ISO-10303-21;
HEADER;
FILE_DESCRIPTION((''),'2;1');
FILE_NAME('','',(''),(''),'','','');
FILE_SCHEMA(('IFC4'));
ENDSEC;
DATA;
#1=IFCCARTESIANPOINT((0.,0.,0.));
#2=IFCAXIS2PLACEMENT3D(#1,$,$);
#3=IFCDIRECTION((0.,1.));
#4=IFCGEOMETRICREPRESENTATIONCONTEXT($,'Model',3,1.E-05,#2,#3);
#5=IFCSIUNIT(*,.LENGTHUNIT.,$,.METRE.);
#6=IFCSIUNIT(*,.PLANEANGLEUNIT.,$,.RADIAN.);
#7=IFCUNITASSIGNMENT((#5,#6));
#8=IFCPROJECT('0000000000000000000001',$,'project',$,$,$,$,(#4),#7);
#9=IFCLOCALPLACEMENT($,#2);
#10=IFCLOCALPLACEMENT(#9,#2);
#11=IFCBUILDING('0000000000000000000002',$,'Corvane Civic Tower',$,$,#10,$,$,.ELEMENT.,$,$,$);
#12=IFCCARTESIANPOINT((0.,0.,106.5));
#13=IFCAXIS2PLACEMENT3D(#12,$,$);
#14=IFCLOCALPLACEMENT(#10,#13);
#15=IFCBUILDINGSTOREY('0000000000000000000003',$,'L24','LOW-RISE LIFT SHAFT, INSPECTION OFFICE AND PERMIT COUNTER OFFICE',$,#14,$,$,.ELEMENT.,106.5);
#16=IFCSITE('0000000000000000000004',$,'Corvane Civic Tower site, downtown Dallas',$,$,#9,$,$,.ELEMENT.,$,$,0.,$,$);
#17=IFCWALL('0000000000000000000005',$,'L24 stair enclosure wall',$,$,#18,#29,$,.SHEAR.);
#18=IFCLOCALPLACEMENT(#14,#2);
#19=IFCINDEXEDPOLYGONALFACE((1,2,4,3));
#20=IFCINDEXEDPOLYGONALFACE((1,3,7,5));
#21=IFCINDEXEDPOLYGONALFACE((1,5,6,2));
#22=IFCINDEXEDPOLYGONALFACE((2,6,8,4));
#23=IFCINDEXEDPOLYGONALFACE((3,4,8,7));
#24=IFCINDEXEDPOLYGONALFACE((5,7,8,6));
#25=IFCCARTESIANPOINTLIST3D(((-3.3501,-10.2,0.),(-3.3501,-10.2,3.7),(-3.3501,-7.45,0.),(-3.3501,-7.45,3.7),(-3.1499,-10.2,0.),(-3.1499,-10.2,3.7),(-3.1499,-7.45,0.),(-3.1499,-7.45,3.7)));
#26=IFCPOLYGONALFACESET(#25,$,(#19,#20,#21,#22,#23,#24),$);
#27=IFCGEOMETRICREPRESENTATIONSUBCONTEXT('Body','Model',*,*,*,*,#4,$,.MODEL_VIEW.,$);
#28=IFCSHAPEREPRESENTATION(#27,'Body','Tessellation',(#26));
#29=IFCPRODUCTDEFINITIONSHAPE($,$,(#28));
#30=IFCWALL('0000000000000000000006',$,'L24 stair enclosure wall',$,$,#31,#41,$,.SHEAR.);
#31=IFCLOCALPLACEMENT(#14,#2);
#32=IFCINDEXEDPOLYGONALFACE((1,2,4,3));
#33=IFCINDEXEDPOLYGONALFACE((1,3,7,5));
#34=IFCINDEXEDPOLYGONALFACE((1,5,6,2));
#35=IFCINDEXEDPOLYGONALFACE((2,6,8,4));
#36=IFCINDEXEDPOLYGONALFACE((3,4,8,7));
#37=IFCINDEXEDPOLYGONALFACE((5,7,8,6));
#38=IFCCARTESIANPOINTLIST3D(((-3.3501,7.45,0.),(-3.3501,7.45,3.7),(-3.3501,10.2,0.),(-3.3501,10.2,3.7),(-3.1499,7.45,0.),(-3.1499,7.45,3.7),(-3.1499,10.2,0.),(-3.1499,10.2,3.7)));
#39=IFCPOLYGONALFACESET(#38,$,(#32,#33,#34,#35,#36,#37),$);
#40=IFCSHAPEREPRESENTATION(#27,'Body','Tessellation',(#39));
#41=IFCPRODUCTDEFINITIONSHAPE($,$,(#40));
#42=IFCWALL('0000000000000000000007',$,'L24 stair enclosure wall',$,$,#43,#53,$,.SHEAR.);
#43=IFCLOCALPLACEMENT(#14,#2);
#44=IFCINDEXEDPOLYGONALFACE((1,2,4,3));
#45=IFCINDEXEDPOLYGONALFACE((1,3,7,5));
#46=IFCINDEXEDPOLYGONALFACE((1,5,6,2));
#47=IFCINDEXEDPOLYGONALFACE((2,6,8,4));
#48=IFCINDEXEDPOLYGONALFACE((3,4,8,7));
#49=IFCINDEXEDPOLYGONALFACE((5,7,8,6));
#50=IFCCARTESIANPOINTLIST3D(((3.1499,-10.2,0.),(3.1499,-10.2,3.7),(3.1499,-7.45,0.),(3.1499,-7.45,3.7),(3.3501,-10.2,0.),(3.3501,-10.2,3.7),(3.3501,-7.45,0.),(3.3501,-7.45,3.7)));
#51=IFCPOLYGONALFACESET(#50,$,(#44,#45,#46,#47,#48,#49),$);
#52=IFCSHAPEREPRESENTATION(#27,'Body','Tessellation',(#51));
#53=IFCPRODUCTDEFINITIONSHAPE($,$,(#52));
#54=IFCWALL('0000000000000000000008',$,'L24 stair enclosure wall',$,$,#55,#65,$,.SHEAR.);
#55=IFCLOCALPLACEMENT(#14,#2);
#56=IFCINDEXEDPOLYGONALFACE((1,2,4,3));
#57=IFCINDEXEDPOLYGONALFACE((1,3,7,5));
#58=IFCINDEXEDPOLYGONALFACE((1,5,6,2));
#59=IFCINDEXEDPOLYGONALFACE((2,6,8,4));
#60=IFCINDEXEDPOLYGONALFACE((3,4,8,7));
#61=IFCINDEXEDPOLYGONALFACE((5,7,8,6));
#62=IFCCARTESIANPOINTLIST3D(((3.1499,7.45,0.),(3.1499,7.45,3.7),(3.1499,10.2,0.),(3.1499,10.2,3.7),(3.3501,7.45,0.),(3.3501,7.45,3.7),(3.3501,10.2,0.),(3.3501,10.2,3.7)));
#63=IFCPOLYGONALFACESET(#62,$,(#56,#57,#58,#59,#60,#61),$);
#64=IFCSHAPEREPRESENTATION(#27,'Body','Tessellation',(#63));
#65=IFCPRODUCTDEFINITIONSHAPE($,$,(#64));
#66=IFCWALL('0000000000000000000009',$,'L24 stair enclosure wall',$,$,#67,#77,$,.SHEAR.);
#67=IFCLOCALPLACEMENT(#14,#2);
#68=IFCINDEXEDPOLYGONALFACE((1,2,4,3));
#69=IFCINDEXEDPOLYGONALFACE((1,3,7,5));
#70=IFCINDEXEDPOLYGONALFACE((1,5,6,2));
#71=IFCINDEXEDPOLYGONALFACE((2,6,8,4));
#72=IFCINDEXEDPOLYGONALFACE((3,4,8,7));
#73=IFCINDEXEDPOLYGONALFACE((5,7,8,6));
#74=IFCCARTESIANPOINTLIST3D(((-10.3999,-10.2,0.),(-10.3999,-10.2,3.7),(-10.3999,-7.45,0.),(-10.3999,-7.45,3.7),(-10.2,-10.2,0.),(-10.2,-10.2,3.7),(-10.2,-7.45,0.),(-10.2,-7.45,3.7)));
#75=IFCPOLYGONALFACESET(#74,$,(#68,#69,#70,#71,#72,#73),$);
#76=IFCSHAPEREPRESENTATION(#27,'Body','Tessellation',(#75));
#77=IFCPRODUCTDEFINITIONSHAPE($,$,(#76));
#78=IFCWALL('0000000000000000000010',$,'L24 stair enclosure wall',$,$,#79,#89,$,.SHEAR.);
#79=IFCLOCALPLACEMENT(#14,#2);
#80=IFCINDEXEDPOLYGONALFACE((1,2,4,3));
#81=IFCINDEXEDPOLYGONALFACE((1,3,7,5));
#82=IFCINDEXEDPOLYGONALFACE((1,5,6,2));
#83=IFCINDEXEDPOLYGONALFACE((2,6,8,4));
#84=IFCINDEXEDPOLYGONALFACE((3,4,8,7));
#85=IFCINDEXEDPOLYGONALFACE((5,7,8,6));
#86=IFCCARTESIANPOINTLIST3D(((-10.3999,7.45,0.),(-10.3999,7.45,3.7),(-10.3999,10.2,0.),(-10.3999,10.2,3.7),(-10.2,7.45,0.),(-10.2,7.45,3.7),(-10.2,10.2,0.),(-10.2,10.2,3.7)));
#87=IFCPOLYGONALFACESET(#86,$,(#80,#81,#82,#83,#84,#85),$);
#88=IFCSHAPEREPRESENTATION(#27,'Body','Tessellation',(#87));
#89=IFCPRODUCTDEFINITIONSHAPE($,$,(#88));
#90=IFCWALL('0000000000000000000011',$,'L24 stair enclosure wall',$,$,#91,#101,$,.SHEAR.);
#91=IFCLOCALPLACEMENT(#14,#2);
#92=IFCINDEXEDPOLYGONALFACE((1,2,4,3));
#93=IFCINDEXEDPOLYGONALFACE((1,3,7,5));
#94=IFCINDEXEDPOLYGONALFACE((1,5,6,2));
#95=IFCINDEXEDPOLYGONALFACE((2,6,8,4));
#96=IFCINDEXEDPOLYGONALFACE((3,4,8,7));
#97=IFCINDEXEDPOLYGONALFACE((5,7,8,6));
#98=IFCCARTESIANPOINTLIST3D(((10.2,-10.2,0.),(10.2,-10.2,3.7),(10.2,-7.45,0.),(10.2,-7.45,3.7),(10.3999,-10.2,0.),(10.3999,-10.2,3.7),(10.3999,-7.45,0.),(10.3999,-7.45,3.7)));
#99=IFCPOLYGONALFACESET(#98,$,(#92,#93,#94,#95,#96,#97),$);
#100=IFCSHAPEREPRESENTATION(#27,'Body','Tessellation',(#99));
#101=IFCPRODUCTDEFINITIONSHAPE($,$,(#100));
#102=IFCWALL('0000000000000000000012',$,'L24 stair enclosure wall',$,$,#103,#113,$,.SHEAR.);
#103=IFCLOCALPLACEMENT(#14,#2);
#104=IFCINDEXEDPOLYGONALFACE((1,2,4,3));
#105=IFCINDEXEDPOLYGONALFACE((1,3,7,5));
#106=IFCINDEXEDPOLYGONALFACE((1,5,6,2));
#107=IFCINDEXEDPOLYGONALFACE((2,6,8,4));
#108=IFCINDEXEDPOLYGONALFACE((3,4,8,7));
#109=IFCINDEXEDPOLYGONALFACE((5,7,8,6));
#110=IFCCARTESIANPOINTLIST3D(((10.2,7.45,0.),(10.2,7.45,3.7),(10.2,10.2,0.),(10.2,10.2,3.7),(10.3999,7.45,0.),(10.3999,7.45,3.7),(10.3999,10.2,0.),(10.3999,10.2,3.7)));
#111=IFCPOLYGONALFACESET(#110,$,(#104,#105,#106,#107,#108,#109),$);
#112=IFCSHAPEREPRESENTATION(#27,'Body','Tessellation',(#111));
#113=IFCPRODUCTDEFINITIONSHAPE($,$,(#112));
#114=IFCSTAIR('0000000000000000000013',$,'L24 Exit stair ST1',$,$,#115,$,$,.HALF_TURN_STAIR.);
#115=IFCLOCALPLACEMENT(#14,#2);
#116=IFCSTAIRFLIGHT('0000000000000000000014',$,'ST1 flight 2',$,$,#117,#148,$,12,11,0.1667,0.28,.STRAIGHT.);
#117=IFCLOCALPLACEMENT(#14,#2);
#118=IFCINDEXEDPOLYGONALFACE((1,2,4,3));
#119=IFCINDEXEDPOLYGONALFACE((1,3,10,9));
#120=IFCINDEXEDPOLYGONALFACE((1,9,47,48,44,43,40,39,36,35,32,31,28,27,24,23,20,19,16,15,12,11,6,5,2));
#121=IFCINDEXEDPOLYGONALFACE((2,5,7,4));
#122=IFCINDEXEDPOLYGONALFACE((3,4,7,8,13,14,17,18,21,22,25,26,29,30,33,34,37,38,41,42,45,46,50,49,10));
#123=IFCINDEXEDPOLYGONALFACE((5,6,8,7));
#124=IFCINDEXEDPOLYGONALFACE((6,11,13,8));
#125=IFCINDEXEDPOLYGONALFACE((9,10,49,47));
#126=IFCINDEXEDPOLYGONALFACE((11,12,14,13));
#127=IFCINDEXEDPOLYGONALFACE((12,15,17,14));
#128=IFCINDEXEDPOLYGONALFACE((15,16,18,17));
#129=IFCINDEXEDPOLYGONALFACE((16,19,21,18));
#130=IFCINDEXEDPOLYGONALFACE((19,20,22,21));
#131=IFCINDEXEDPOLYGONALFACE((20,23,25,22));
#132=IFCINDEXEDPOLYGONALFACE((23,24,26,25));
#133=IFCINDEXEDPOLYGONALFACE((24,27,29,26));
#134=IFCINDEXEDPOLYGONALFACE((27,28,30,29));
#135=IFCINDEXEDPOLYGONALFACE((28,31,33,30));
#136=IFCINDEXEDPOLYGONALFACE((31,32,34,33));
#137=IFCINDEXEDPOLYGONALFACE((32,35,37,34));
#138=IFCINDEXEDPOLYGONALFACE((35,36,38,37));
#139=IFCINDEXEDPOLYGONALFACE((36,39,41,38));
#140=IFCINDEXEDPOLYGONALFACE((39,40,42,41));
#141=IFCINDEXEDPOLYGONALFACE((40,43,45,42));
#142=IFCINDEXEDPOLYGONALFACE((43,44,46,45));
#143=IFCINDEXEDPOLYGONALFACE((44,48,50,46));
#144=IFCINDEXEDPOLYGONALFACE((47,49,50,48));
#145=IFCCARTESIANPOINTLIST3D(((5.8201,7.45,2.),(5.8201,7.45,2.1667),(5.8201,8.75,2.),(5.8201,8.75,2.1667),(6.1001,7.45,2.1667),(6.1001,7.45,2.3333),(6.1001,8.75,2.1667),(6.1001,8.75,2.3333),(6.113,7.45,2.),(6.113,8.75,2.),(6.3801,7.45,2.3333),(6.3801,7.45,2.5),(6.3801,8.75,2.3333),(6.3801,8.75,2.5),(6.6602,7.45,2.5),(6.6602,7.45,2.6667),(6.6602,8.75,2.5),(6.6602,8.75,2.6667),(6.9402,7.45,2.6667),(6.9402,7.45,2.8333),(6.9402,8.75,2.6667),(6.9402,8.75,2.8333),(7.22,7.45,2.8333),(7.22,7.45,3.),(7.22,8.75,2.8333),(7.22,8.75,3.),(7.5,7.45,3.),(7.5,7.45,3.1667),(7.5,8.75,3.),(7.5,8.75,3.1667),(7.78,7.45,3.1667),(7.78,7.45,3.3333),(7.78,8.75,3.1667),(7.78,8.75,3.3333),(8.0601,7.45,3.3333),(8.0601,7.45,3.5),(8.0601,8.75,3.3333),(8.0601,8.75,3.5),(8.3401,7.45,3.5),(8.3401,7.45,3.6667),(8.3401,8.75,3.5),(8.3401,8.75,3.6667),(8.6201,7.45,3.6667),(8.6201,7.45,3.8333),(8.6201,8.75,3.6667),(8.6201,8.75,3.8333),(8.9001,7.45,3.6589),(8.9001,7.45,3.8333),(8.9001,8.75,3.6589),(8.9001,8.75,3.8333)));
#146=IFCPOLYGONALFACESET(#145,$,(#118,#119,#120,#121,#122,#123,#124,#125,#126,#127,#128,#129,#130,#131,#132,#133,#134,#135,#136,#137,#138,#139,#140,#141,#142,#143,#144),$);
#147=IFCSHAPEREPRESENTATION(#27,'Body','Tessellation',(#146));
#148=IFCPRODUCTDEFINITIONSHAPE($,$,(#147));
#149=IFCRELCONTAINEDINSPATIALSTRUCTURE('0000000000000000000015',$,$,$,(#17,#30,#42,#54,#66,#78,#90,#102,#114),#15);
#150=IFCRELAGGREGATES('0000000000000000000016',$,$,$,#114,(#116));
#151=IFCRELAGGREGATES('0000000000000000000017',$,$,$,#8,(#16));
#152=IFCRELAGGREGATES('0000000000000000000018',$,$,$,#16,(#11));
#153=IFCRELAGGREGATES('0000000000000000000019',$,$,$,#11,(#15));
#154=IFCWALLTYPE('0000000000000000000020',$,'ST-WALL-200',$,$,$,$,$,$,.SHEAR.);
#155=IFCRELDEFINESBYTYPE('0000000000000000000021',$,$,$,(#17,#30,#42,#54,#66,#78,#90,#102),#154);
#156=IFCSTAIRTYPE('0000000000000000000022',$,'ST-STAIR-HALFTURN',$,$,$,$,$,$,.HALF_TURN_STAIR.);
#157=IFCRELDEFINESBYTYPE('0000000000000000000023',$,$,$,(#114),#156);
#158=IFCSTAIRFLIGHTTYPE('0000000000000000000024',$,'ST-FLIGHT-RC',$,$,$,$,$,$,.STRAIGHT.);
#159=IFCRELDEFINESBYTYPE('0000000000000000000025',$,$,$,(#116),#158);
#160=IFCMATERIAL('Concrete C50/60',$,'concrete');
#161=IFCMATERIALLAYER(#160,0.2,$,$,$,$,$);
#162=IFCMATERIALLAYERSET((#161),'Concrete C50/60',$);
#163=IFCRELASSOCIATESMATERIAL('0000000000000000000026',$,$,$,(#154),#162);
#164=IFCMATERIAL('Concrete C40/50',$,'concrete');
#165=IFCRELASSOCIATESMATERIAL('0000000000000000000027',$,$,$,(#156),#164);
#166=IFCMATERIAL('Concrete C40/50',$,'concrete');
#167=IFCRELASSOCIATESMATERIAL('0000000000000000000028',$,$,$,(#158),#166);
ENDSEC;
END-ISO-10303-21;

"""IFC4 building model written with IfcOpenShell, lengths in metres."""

from ifc_helpers import new_model, si_unit, direction, frame, origin, place, context, subcontext, project, spatial, polyline, outline, extrude, material, layer, layer_set, type_object, element, aggregate, save


model = new_model("IFC4")

# Units and contexts
model_context = context("Model", 3, precision=1e-05, world=origin(), true_north=direction((0.0, 1.0)))
body_context = subcontext(model_context, "Body", "Model", "MODEL_VIEW")
ifc_project = project(units=[si_unit("LENGTHUNIT", "METRE"), si_unit("PLANEANGLEUNIT", "RADIAN")], contexts=[model_context])

# Site, building, storey
site_placement = place(None, origin())
site = spatial("IfcSite", under=ifc_project, at=site_placement, Name="Corvane Civic Tower site, downtown Dallas", CompositionType="ELEMENT", RefElevation=0.0)
building_placement = place(site_placement, origin())
building = spatial("IfcBuilding", under=site, at=building_placement, Name="Corvane Civic Tower", CompositionType="ELEMENT")
storey_placement = place(building_placement, frame((0.0, 0.0, 106.5)))
storey = spatial("IfcBuildingStorey", under=building, at=storey_placement, Name="L24", Description="LOW-RISE LIFT SHAFT, INSPECTION OFFICE AND PERMIT COUNTER OFFICE", CompositionType="ELEMENT", Elevation=106.5)

# Shared definitions
ifc_material_1 = material(Name="Concrete C50/60", Category="concrete")
ifc_layer_1 = layer(ifc_material_1, 0.2)
ifc_layer_set_1 = layer_set([ifc_layer_1], Name="Concrete C50/60")
wall_type_1 = type_object("IfcWallType", Name="ST-WALL-200", PredefinedType="SHEAR", material=ifc_layer_set_1)

# Walls
wall_1_placement = place(storey_placement, origin())
element("IfcWall", 1, at=wall_1_placement, inside=storey, type_object=wall_type_1, Name="L24 stair enclosure wall", PredefinedType="SHEAR", context=body_context, shape_type="SweptSolid", body=[
    extrude(outline(polyline([(-3.1499, -7.45), (-3.1499, -10.2), (-3.3501, -10.2), (-3.3501, -7.45), (-3.1499, -7.45)])), origin(), (0.0, 0.0, 1.0), 3.7),
])
wall_2_placement = place(storey_placement, origin())
element("IfcWall", 2, at=wall_2_placement, inside=storey, type_object=wall_type_1, Name="L24 stair enclosure wall", PredefinedType="SHEAR", context=body_context, shape_type="SweptSolid", body=[
    extrude(outline(polyline([(-3.1499, 7.45), (-3.3501, 7.45), (-3.3501, 10.2), (-3.1499, 10.2), (-3.1499, 7.45)])), origin(), (0.0, 0.0, 1.0), 3.7),
])
wall_3_placement = place(storey_placement, origin())
element("IfcWall", 3, at=wall_3_placement, inside=storey, type_object=wall_type_1, Name="L24 stair enclosure wall", PredefinedType="SHEAR", context=body_context, shape_type="SweptSolid", body=[
    extrude(outline(polyline([(3.3501, -7.45), (3.3501, -10.2), (3.1499, -10.2), (3.1499, -7.45), (3.3501, -7.45)])), origin(), (0.0, 0.0, 1.0), 3.7),
])
wall_4_placement = place(storey_placement, origin())
element("IfcWall", 4, at=wall_4_placement, inside=storey, type_object=wall_type_1, Name="L24 stair enclosure wall", PredefinedType="SHEAR", context=body_context, shape_type="SweptSolid", body=[
    extrude(outline(polyline([(3.3501, 7.45), (3.1499, 7.45), (3.1499, 10.2), (3.3501, 10.2), (3.3501, 7.45)])), origin(), (0.0, 0.0, 1.0), 3.7),
])
wall_5_placement = place(storey_placement, origin())
element("IfcWall", 5, at=wall_5_placement, inside=storey, type_object=wall_type_1, Name="L24 stair enclosure wall", PredefinedType="SHEAR", context=body_context, shape_type="SweptSolid", body=[
    extrude(outline(polyline([(-10.2, -7.45), (-10.2, -10.2), (-10.3999, -10.2), (-10.3999, -7.45), (-10.2, -7.45)])), origin(), (0.0, 0.0, 1.0), 3.7),
])
wall_6_placement = place(storey_placement, origin())
element("IfcWall", 6, at=wall_6_placement, inside=storey, type_object=wall_type_1, Name="L24 stair enclosure wall", PredefinedType="SHEAR", context=body_context, shape_type="SweptSolid", body=[
    extrude(outline(polyline([(-10.2, 7.45), (-10.3999, 7.45), (-10.3999, 10.2), (-10.2, 10.2), (-10.2, 7.45)])), origin(), (0.0, 0.0, 1.0), 3.7),
])
wall_7_placement = place(storey_placement, origin())
element("IfcWall", 7, at=wall_7_placement, inside=storey, type_object=wall_type_1, Name="L24 stair enclosure wall", PredefinedType="SHEAR", context=body_context, shape_type="SweptSolid", body=[
    extrude(outline(polyline([(10.3999, -7.45), (10.3999, -10.2), (10.2, -10.2), (10.2, -7.45), (10.3999, -7.45)])), origin(), (0.0, 0.0, 1.0), 3.7),
])
wall_8_placement = place(storey_placement, origin())
element("IfcWall", 8, at=wall_8_placement, inside=storey, type_object=wall_type_1, Name="L24 stair enclosure wall", PredefinedType="SHEAR", context=body_context, shape_type="SweptSolid", body=[
    extrude(outline(polyline([(10.3999, 7.45), (10.2, 7.45), (10.2, 10.2), (10.3999, 10.2), (10.3999, 7.45)])), origin(), (0.0, 0.0, 1.0), 3.7),
])

# Stair, stair flight
ifc_material_2 = material(Name="Concrete C40/50", Category="concrete")
stair_type = type_object("IfcStairType", Name="ST-STAIR-HALFTURN", PredefinedType="HALF_TURN_STAIR", material=ifc_material_2)
stair_placement = place(storey_placement, origin())
stair = element("IfcStair", 9, at=stair_placement, inside=storey, type_object=stair_type, Name="L24 Exit stair ST1", PredefinedType="HALF_TURN_STAIR")
ifc_material_3 = material(Name="Concrete C40/50", Category="concrete")
stair_flight_type = type_object("IfcStairFlightType", Name="ST-FLIGHT-RC", PredefinedType="STRAIGHT", material=ifc_material_3)
stair_flight_placement = place(storey_placement, frame((5.8201, 8.1001, 2.0), z_axis=(0.0, 0.0, 1.0), x_axis=(1.0, 0.0, 0.0)))
stair_flight = element("IfcStairFlight", 10, at=stair_flight_placement, type_object=stair_flight_type, Name="ST1 flight 2", NumberOfRisers=12, NumberOfTreads=11, PredefinedType="STRAIGHT", RiserHeight=0.1667, TreadLength=0.28, context=body_context, shape_type="SweptSolid", body=[
    extrude(outline(polyline([(0.0, 0.0), (0.0, 0.1667), (0.28, 0.1667), (0.28, 0.3333), (0.5601, 0.3333), (0.5601, 0.5), (0.8401, 0.5), (0.8401, 0.6667), (1.1201, 0.6667), (1.1201, 0.8333), (1.3999, 0.8333), (1.3999, 1.0), (1.6799, 1.0), (1.6799, 1.1667), (1.96, 1.1667), (1.96, 1.3333), (2.24, 1.3333), (2.24, 1.5), (2.52, 1.5), (2.52, 1.6667), (2.8, 1.6667), (2.8, 1.8333), (3.0801, 1.8333), (3.0801, 2.0), (3.0801, 1.6589), (0.293, 0.0), (0.0, 0.0)])), frame((0.0, 0.6499, 0.0), z_axis=(0.0, -1.0, 0.0), x_axis=(1.0, 0.0, 0.0)), (0.0, 0.0, 1.0), 1.3),
])
aggregate(stair, [stair_flight])

save(model, "model.ifc")
